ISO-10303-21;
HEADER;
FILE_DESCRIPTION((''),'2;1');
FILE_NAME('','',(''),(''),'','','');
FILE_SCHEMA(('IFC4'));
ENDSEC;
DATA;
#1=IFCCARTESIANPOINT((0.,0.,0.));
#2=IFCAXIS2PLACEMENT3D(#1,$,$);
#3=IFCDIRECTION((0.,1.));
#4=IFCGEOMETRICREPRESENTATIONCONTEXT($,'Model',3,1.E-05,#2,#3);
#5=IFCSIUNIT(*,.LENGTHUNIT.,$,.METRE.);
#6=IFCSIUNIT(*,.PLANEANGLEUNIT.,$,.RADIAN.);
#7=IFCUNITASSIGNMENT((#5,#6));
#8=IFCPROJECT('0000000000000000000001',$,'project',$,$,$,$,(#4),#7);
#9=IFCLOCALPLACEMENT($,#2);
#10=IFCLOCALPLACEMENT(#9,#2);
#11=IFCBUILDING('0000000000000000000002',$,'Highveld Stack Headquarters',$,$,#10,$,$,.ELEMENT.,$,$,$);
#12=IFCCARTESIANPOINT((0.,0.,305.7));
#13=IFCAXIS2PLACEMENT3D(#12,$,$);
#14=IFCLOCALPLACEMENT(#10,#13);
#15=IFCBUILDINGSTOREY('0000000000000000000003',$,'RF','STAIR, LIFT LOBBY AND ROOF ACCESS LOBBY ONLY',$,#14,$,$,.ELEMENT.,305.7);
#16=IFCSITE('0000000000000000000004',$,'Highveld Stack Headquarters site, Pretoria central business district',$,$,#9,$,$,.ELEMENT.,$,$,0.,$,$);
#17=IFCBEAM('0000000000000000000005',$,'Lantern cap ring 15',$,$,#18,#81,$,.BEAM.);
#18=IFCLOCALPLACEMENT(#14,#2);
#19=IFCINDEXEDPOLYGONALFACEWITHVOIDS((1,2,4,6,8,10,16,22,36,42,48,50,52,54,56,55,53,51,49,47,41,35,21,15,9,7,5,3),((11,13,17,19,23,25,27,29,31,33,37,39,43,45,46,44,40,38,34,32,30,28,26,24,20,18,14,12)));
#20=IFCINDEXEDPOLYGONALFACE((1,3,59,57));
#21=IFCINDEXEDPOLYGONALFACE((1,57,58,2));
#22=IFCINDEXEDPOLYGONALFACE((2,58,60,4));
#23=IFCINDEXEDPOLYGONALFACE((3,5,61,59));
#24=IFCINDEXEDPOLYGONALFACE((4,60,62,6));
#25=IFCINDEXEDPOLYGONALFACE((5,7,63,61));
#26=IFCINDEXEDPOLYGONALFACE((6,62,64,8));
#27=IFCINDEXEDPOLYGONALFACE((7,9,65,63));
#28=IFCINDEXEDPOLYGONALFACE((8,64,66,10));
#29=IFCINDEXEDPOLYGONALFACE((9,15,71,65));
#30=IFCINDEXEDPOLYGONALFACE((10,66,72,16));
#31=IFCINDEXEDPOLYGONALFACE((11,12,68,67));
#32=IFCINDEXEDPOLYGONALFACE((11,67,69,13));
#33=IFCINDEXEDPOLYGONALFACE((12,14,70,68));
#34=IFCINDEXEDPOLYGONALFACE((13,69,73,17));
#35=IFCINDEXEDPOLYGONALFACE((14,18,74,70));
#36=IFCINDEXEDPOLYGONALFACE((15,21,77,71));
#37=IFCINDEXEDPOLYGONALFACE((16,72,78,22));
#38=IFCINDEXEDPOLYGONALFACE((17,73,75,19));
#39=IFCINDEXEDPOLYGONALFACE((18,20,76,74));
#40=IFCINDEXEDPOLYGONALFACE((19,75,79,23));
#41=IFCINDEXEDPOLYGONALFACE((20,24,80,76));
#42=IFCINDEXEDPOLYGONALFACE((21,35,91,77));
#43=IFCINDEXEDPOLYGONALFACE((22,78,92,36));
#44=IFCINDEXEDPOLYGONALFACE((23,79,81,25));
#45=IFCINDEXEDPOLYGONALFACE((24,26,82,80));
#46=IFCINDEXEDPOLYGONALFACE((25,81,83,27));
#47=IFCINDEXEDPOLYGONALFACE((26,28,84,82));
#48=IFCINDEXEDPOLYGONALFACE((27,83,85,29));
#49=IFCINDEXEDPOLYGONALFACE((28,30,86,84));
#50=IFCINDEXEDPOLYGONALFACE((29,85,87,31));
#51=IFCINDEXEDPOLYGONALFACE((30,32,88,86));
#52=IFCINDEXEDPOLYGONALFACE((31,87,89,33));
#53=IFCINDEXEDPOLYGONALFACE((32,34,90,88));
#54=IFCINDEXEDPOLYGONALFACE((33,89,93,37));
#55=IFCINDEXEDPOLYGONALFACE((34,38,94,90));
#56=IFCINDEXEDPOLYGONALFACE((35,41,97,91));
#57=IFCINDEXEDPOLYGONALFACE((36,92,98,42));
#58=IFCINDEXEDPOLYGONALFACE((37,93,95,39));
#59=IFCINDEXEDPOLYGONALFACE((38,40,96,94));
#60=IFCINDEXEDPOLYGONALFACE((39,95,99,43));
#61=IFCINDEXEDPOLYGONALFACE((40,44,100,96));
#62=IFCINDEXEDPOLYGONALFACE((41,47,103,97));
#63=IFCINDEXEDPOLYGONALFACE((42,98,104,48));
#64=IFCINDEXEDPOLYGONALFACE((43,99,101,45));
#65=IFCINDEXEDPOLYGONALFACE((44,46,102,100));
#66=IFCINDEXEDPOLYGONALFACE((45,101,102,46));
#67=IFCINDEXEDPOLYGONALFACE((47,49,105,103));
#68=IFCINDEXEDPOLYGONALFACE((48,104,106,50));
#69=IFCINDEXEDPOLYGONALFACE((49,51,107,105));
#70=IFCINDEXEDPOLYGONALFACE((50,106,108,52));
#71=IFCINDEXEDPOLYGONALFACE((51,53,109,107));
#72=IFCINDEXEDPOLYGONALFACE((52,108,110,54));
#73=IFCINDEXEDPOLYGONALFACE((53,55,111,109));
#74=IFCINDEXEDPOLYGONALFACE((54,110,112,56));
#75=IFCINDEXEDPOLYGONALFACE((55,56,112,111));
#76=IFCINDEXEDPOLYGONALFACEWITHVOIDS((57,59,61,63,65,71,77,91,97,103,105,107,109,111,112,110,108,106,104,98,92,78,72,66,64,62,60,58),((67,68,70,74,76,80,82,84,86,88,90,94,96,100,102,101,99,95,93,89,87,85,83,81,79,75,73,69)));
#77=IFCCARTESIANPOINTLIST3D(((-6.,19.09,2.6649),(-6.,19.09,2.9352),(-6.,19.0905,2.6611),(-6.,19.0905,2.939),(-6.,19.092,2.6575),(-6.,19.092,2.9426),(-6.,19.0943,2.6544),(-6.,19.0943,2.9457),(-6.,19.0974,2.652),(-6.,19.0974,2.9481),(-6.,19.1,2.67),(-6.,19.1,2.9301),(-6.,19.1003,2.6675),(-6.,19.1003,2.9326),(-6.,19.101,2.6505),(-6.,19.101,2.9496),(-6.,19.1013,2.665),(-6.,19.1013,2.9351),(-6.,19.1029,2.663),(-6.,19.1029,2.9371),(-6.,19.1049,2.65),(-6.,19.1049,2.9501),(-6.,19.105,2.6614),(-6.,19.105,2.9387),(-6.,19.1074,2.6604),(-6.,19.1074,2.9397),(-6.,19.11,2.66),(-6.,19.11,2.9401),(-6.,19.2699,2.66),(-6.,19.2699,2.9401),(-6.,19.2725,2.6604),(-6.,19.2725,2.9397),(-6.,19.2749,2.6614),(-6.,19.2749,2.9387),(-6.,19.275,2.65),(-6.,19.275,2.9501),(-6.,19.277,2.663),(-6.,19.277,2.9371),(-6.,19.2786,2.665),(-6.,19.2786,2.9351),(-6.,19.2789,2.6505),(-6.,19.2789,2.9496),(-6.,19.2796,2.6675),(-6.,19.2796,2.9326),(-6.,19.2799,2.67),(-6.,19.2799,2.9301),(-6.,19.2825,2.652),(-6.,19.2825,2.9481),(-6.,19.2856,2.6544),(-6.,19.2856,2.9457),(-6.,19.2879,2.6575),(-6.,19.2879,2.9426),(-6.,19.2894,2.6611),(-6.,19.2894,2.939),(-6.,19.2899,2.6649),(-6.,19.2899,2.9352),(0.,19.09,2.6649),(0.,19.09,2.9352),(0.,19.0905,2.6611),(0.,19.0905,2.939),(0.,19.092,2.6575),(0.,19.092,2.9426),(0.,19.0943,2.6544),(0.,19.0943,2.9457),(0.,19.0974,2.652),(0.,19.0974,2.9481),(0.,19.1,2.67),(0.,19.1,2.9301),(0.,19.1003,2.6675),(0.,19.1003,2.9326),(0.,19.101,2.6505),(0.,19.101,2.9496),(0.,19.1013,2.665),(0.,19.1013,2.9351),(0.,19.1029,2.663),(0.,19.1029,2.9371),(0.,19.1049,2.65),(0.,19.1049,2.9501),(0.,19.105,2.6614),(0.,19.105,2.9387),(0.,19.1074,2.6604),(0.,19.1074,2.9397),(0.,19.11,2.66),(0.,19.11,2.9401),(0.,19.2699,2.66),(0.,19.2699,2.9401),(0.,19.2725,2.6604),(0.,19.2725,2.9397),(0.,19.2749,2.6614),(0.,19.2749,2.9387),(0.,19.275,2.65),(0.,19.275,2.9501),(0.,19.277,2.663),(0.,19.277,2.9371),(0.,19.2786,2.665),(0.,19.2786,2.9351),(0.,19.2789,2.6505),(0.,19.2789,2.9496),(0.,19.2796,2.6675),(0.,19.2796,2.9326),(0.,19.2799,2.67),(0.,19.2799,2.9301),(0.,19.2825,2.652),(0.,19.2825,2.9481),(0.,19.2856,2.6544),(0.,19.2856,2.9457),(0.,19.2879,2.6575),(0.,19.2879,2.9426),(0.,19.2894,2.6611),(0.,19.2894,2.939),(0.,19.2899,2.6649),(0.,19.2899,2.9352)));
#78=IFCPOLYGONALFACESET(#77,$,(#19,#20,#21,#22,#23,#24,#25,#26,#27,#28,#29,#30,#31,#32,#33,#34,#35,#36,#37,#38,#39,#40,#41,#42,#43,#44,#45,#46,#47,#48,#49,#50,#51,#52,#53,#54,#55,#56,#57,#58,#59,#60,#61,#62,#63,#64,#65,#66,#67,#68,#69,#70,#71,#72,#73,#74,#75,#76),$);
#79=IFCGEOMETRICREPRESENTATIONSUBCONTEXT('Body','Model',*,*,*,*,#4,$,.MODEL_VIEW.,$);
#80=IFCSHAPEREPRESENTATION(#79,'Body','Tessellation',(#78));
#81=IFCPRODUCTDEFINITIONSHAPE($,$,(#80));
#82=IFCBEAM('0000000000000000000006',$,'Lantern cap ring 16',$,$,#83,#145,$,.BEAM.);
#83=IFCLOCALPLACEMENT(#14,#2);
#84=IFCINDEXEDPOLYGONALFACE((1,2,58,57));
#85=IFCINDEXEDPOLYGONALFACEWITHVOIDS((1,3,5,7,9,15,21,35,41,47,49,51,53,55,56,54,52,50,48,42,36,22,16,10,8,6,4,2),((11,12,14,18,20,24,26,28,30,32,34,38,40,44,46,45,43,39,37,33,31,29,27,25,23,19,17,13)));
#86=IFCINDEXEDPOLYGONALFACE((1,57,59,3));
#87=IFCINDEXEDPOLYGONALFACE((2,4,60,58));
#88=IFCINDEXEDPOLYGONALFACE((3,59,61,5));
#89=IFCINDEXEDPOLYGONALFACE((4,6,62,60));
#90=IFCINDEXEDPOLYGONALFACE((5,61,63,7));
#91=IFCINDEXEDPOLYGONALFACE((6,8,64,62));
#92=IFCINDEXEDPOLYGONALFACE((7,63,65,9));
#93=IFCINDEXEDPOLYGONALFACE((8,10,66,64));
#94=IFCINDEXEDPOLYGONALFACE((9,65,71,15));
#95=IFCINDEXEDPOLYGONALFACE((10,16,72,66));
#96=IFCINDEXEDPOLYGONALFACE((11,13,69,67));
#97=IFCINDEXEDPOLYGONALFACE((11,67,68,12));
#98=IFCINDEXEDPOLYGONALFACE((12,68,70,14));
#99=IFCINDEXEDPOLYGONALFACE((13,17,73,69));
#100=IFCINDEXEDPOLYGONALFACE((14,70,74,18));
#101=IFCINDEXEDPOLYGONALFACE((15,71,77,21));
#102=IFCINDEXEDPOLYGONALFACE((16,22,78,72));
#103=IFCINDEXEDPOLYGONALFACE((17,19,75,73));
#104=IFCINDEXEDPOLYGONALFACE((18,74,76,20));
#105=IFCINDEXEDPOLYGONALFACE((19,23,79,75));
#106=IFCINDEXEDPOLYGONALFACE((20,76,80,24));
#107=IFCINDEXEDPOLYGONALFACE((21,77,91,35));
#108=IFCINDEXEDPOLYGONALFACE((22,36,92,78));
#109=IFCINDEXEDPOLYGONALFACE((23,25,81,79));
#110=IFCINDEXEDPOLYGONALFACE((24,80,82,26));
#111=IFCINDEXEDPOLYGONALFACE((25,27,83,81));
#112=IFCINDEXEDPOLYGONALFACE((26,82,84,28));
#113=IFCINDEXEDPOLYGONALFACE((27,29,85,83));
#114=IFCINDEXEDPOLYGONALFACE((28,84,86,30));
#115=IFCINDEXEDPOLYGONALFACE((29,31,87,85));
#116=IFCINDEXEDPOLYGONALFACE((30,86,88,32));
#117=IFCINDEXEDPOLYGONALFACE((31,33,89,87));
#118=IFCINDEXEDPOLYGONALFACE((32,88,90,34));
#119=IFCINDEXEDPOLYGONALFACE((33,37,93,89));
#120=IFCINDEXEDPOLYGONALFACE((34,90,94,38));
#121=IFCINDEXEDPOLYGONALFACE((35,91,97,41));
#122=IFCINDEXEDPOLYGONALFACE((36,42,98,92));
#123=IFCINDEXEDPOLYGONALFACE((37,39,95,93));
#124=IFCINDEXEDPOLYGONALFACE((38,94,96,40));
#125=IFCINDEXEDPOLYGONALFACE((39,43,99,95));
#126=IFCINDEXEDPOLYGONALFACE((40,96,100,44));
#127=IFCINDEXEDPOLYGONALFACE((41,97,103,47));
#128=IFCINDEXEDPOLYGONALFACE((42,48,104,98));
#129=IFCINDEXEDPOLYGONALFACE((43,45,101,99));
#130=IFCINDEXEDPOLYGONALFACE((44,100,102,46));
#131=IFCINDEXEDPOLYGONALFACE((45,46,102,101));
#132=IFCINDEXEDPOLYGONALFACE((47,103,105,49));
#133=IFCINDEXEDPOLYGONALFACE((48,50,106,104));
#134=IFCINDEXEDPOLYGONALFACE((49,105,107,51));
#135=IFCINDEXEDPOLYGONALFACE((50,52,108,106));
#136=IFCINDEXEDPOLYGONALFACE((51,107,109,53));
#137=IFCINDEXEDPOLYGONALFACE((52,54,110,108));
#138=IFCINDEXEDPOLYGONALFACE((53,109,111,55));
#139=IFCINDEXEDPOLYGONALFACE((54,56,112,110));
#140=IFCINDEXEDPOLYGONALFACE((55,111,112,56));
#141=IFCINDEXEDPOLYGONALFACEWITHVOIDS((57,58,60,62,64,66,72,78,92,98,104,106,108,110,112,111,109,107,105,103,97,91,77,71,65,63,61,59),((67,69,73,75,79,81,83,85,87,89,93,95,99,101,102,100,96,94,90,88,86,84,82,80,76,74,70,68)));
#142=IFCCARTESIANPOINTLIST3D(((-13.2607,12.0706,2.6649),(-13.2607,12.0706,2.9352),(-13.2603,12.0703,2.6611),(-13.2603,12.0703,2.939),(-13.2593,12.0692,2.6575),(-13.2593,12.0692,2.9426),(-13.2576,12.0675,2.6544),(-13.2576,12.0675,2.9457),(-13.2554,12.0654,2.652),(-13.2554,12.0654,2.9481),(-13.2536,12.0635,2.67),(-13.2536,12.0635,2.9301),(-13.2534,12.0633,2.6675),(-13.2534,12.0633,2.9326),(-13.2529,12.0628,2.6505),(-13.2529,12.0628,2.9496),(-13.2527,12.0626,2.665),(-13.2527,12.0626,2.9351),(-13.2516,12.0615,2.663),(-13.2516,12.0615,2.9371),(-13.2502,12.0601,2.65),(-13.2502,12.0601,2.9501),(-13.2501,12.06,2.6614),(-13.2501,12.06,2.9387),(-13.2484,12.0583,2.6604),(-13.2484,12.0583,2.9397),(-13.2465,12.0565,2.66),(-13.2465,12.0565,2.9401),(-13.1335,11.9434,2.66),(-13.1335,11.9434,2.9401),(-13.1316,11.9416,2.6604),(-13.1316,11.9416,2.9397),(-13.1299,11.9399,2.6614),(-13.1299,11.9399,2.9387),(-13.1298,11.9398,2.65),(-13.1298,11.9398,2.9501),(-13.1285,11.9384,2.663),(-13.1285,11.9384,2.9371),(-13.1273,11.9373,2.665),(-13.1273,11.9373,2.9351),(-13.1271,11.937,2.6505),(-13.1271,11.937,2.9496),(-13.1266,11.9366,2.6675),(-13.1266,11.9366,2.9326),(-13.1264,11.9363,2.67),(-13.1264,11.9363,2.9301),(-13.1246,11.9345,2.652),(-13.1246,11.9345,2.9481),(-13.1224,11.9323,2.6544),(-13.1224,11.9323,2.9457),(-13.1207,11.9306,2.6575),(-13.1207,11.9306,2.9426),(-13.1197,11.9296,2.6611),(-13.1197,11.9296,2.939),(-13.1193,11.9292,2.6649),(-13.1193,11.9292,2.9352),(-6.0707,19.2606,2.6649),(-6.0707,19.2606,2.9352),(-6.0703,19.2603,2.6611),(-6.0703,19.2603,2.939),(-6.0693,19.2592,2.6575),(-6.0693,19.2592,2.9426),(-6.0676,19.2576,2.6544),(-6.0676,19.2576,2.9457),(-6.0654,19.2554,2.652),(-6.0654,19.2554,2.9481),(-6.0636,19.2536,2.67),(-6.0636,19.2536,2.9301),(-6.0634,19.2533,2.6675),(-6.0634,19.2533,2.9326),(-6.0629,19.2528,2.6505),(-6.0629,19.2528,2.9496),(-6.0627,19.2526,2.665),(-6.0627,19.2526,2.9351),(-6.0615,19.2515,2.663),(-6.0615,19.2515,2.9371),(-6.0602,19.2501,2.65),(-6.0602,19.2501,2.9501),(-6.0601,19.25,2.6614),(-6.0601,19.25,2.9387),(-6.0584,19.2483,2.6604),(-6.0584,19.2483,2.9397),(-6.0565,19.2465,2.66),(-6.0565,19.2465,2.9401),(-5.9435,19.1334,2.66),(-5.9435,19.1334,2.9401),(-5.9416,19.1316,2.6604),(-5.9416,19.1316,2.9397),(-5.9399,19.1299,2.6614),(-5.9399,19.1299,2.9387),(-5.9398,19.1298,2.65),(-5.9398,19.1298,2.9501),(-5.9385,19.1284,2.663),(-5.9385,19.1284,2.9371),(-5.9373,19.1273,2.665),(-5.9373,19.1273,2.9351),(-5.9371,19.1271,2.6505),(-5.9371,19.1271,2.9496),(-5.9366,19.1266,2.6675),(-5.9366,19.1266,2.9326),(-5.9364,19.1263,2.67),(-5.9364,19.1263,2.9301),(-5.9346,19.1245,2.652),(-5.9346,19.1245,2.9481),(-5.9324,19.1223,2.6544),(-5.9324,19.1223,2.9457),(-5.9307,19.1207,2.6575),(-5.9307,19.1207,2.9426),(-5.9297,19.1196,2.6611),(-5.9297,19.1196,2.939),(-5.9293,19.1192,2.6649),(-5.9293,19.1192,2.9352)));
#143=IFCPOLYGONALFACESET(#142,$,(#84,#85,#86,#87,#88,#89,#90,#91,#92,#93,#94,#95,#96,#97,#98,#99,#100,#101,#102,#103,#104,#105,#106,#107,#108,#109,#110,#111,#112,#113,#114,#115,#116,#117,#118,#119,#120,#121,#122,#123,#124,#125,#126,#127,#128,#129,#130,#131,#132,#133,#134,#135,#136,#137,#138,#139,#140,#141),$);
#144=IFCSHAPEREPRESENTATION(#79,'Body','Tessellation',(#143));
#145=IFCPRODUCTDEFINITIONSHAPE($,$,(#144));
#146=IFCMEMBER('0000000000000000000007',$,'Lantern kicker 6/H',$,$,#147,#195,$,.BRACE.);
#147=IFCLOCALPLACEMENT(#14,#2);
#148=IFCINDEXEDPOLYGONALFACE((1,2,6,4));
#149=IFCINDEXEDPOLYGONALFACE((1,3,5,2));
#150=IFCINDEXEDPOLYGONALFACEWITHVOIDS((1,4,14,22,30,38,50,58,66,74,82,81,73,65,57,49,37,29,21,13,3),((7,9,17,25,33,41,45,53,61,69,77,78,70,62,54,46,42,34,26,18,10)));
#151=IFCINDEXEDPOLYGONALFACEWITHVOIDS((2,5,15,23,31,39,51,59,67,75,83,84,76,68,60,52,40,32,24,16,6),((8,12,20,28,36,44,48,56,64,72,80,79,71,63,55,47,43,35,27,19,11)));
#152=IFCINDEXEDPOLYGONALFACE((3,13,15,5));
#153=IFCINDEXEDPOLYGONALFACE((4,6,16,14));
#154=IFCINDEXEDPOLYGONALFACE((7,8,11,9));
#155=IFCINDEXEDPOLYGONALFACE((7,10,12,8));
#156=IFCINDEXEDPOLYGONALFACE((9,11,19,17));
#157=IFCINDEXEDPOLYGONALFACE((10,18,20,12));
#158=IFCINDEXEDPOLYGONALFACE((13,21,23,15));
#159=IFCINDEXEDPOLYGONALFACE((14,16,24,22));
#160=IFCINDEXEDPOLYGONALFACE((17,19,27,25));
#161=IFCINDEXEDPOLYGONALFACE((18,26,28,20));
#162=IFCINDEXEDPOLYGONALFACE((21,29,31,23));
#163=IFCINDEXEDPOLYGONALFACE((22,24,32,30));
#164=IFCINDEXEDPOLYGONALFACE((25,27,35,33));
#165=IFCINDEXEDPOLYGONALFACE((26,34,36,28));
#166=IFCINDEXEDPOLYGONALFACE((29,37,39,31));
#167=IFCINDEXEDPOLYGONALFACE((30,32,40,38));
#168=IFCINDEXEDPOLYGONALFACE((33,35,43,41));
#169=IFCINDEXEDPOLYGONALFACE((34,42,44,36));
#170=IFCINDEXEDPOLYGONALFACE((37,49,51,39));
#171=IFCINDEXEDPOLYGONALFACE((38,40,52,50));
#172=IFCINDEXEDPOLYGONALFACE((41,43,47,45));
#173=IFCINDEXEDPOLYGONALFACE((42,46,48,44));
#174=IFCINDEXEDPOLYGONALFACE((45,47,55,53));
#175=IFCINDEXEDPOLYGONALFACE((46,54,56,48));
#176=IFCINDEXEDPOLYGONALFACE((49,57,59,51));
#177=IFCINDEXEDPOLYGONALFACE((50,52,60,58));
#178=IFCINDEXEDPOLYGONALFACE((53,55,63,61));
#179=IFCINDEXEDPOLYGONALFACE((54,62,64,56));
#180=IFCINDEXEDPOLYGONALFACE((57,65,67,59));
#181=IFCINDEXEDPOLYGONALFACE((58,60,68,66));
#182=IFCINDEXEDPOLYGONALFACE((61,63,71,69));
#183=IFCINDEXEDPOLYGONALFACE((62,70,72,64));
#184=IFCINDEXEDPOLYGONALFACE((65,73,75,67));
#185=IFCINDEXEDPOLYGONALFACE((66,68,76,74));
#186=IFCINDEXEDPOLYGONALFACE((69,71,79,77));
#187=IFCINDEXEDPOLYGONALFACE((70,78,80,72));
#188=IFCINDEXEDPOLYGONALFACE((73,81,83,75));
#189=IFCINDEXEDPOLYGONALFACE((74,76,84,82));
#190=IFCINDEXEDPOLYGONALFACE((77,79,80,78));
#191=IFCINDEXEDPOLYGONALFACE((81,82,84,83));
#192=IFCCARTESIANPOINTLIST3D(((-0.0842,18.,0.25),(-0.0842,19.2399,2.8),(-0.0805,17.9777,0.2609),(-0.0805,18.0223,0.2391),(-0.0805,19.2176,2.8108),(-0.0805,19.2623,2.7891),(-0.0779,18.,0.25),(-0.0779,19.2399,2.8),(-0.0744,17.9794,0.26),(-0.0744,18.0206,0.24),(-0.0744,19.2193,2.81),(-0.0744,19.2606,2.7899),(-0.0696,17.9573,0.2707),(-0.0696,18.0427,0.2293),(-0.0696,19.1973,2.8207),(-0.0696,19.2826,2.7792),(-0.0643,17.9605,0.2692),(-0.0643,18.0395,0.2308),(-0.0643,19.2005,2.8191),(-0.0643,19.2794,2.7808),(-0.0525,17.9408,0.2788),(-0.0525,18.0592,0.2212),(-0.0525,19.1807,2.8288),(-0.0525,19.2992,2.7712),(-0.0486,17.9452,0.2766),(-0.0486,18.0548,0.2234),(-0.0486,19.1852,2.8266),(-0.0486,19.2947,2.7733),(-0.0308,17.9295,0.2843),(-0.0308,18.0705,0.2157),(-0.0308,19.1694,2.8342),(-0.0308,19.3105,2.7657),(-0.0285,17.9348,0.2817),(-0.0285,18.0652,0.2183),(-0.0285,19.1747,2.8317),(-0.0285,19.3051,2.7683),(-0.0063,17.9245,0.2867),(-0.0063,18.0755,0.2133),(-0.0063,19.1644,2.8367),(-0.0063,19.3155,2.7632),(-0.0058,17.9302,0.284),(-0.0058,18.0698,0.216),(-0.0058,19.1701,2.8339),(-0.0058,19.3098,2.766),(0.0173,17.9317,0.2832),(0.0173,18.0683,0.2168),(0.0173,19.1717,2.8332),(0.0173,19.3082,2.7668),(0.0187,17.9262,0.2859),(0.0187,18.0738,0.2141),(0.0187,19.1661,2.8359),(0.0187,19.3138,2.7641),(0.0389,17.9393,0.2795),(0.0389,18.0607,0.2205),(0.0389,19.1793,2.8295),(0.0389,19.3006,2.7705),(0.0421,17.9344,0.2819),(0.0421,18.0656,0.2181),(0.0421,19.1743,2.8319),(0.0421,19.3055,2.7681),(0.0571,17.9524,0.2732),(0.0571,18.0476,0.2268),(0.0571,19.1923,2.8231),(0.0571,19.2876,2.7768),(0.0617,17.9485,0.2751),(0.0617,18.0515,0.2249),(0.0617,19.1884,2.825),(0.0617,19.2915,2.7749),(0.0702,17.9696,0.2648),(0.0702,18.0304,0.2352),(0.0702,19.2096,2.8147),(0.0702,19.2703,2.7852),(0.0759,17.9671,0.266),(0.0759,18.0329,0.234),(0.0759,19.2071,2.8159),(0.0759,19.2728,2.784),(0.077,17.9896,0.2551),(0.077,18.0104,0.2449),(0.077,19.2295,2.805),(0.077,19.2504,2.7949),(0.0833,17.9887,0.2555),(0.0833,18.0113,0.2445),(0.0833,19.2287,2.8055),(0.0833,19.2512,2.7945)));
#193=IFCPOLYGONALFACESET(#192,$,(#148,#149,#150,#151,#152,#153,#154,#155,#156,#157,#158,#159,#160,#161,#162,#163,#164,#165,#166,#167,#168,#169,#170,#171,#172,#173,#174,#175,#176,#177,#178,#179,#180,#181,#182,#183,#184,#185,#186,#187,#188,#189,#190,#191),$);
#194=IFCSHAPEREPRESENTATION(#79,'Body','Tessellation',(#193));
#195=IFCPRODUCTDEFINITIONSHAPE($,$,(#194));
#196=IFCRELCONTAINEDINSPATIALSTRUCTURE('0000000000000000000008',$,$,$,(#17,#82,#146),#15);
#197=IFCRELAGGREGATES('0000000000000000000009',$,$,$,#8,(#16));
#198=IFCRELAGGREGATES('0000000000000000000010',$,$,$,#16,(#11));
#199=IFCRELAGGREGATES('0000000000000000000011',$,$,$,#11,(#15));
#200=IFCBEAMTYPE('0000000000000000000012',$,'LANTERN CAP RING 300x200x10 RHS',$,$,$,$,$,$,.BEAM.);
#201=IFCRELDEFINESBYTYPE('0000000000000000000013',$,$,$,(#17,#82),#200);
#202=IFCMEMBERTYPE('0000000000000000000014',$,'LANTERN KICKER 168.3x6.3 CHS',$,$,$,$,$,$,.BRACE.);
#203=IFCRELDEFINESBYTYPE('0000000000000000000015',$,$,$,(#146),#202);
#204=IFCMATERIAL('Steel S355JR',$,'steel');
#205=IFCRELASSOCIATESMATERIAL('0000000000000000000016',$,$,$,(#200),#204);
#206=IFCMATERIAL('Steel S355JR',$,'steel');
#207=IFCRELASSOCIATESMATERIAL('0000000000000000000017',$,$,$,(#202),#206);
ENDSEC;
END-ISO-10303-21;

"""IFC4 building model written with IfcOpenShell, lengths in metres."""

from ifc_helpers import new_model, si_unit, direction, frame, origin, origin_2d, place, context, subcontext, project, spatial, hollow_rectangle, hollow_circle, extrude, material, material_profile, profile_set, type_object, element, save


model = new_model("IFC4")

# Units and contexts
model_context = context("Model", 3, precision=1e-05, world=origin(), true_north=direction((0.0, 1.0)))
body_context = subcontext(model_context, "Body", "Model", "MODEL_VIEW")
ifc_project = project(units=[si_unit("LENGTHUNIT", "METRE"), si_unit("PLANEANGLEUNIT", "RADIAN")], contexts=[model_context])

# Site, building, storey
site_placement = place(None, origin())
site = spatial("IfcSite", under=ifc_project, at=site_placement, Name="Highveld Stack Headquarters site, Pretoria central business district", CompositionType="ELEMENT", RefElevation=0.0)
building_placement = place(site_placement, origin())
building = spatial("IfcBuilding", under=site, at=building_placement, Name="Highveld Stack Headquarters", CompositionType="ELEMENT")
storey_placement = place(building_placement, frame((0.0, 0.0, 305.7)))
storey = spatial("IfcBuildingStorey", under=building, at=storey_placement, Name="RF", Description="STAIR, LIFT LOBBY AND ROOF ACCESS LOBBY ONLY", CompositionType="ELEMENT", Elevation=305.7)

# Beams
ifc_material_1 = material(Name="Steel S355JR", Category="steel")
ifc_material_profile_1 = material_profile(ifc_material_1, hollow_rectangle(XDim=0.2, YDim=0.3, WallThickness=0.01, InnerFilletRadius=0.01, OuterFilletRadius=0.0149, at=origin_2d()), Name="300x200x10 RHS")
ifc_profile_set_1 = profile_set([ifc_material_profile_1], Name="Steel S355JR")
beam_type_1 = type_object("IfcBeamType", Name="LANTERN CAP RING 300x200x10 RHS", PredefinedType="BEAM", material=ifc_profile_set_1)
beam_1_placement = place(storey_placement, frame((0.0, 19.1899, 2.8), z_axis=(-1.0, 0.0, 0.0), x_axis=(0.0, -1.0, 0.0)))
element("IfcBeam", 1, at=beam_1_placement, inside=storey, type_object=beam_type_1, Name="Lantern cap ring 15", PredefinedType="BEAM", context=body_context, shape_type="SweptSolid", body=[
    extrude(hollow_rectangle(XDim=0.2, YDim=0.3, WallThickness=0.01, InnerFilletRadius=0.01, OuterFilletRadius=0.0149, at=origin_2d()), origin(), (0.0, 0.0, 1.0), 6.0),
])
beam_2_placement = place(storey_placement, frame((-6.0, 19.1899, 2.8), z_axis=(-0.707107, -0.707107, 0.0), x_axis=(0.707107, -0.707107, 0.0)))
element("IfcBeam", 2, at=beam_2_placement, inside=storey, type_object=beam_type_1, Name="Lantern cap ring 16", PredefinedType="BEAM", context=body_context, shape_type="SweptSolid", body=[
    extrude(hollow_rectangle(XDim=0.2, YDim=0.3, WallThickness=0.01, InnerFilletRadius=0.01, OuterFilletRadius=0.0149, at=origin_2d()), origin(), (0.0, 0.0, 1.0), 10.1682),
])

# Member
ifc_material_2 = material(Name="Steel S355JR", Category="steel")
ifc_material_profile_2 = material_profile(ifc_material_2, hollow_circle(Radius=0.0842, WallThickness=0.0063, at=origin_2d()), Name="168.3x6.3 CHS")
ifc_profile_set_2 = profile_set([ifc_material_profile_2], Name="Steel S355JR")
member_type = type_object("IfcMemberType", Name="LANTERN KICKER 168.3x6.3 CHS", PredefinedType="BRACE", material=ifc_profile_set_2)
member_placement = place(storey_placement, frame((0.0, 18.0, 0.25), z_axis=(0.0, 0.437302, 0.899315), x_axis=(-1.0, 0.0, 0.0)))
element("IfcMember", 3, at=member_placement, inside=storey, type_object=member_type, Name="Lantern kicker 6/H", PredefinedType="BRACE", context=body_context, shape_type="SweptSolid", body=[
    extrude(hollow_circle(Radius=0.0842, WallThickness=0.0063, at=origin_2d()), origin(), (0.0, 0.0, 1.0), 2.8354),
])

save(model, "model.ifc")
